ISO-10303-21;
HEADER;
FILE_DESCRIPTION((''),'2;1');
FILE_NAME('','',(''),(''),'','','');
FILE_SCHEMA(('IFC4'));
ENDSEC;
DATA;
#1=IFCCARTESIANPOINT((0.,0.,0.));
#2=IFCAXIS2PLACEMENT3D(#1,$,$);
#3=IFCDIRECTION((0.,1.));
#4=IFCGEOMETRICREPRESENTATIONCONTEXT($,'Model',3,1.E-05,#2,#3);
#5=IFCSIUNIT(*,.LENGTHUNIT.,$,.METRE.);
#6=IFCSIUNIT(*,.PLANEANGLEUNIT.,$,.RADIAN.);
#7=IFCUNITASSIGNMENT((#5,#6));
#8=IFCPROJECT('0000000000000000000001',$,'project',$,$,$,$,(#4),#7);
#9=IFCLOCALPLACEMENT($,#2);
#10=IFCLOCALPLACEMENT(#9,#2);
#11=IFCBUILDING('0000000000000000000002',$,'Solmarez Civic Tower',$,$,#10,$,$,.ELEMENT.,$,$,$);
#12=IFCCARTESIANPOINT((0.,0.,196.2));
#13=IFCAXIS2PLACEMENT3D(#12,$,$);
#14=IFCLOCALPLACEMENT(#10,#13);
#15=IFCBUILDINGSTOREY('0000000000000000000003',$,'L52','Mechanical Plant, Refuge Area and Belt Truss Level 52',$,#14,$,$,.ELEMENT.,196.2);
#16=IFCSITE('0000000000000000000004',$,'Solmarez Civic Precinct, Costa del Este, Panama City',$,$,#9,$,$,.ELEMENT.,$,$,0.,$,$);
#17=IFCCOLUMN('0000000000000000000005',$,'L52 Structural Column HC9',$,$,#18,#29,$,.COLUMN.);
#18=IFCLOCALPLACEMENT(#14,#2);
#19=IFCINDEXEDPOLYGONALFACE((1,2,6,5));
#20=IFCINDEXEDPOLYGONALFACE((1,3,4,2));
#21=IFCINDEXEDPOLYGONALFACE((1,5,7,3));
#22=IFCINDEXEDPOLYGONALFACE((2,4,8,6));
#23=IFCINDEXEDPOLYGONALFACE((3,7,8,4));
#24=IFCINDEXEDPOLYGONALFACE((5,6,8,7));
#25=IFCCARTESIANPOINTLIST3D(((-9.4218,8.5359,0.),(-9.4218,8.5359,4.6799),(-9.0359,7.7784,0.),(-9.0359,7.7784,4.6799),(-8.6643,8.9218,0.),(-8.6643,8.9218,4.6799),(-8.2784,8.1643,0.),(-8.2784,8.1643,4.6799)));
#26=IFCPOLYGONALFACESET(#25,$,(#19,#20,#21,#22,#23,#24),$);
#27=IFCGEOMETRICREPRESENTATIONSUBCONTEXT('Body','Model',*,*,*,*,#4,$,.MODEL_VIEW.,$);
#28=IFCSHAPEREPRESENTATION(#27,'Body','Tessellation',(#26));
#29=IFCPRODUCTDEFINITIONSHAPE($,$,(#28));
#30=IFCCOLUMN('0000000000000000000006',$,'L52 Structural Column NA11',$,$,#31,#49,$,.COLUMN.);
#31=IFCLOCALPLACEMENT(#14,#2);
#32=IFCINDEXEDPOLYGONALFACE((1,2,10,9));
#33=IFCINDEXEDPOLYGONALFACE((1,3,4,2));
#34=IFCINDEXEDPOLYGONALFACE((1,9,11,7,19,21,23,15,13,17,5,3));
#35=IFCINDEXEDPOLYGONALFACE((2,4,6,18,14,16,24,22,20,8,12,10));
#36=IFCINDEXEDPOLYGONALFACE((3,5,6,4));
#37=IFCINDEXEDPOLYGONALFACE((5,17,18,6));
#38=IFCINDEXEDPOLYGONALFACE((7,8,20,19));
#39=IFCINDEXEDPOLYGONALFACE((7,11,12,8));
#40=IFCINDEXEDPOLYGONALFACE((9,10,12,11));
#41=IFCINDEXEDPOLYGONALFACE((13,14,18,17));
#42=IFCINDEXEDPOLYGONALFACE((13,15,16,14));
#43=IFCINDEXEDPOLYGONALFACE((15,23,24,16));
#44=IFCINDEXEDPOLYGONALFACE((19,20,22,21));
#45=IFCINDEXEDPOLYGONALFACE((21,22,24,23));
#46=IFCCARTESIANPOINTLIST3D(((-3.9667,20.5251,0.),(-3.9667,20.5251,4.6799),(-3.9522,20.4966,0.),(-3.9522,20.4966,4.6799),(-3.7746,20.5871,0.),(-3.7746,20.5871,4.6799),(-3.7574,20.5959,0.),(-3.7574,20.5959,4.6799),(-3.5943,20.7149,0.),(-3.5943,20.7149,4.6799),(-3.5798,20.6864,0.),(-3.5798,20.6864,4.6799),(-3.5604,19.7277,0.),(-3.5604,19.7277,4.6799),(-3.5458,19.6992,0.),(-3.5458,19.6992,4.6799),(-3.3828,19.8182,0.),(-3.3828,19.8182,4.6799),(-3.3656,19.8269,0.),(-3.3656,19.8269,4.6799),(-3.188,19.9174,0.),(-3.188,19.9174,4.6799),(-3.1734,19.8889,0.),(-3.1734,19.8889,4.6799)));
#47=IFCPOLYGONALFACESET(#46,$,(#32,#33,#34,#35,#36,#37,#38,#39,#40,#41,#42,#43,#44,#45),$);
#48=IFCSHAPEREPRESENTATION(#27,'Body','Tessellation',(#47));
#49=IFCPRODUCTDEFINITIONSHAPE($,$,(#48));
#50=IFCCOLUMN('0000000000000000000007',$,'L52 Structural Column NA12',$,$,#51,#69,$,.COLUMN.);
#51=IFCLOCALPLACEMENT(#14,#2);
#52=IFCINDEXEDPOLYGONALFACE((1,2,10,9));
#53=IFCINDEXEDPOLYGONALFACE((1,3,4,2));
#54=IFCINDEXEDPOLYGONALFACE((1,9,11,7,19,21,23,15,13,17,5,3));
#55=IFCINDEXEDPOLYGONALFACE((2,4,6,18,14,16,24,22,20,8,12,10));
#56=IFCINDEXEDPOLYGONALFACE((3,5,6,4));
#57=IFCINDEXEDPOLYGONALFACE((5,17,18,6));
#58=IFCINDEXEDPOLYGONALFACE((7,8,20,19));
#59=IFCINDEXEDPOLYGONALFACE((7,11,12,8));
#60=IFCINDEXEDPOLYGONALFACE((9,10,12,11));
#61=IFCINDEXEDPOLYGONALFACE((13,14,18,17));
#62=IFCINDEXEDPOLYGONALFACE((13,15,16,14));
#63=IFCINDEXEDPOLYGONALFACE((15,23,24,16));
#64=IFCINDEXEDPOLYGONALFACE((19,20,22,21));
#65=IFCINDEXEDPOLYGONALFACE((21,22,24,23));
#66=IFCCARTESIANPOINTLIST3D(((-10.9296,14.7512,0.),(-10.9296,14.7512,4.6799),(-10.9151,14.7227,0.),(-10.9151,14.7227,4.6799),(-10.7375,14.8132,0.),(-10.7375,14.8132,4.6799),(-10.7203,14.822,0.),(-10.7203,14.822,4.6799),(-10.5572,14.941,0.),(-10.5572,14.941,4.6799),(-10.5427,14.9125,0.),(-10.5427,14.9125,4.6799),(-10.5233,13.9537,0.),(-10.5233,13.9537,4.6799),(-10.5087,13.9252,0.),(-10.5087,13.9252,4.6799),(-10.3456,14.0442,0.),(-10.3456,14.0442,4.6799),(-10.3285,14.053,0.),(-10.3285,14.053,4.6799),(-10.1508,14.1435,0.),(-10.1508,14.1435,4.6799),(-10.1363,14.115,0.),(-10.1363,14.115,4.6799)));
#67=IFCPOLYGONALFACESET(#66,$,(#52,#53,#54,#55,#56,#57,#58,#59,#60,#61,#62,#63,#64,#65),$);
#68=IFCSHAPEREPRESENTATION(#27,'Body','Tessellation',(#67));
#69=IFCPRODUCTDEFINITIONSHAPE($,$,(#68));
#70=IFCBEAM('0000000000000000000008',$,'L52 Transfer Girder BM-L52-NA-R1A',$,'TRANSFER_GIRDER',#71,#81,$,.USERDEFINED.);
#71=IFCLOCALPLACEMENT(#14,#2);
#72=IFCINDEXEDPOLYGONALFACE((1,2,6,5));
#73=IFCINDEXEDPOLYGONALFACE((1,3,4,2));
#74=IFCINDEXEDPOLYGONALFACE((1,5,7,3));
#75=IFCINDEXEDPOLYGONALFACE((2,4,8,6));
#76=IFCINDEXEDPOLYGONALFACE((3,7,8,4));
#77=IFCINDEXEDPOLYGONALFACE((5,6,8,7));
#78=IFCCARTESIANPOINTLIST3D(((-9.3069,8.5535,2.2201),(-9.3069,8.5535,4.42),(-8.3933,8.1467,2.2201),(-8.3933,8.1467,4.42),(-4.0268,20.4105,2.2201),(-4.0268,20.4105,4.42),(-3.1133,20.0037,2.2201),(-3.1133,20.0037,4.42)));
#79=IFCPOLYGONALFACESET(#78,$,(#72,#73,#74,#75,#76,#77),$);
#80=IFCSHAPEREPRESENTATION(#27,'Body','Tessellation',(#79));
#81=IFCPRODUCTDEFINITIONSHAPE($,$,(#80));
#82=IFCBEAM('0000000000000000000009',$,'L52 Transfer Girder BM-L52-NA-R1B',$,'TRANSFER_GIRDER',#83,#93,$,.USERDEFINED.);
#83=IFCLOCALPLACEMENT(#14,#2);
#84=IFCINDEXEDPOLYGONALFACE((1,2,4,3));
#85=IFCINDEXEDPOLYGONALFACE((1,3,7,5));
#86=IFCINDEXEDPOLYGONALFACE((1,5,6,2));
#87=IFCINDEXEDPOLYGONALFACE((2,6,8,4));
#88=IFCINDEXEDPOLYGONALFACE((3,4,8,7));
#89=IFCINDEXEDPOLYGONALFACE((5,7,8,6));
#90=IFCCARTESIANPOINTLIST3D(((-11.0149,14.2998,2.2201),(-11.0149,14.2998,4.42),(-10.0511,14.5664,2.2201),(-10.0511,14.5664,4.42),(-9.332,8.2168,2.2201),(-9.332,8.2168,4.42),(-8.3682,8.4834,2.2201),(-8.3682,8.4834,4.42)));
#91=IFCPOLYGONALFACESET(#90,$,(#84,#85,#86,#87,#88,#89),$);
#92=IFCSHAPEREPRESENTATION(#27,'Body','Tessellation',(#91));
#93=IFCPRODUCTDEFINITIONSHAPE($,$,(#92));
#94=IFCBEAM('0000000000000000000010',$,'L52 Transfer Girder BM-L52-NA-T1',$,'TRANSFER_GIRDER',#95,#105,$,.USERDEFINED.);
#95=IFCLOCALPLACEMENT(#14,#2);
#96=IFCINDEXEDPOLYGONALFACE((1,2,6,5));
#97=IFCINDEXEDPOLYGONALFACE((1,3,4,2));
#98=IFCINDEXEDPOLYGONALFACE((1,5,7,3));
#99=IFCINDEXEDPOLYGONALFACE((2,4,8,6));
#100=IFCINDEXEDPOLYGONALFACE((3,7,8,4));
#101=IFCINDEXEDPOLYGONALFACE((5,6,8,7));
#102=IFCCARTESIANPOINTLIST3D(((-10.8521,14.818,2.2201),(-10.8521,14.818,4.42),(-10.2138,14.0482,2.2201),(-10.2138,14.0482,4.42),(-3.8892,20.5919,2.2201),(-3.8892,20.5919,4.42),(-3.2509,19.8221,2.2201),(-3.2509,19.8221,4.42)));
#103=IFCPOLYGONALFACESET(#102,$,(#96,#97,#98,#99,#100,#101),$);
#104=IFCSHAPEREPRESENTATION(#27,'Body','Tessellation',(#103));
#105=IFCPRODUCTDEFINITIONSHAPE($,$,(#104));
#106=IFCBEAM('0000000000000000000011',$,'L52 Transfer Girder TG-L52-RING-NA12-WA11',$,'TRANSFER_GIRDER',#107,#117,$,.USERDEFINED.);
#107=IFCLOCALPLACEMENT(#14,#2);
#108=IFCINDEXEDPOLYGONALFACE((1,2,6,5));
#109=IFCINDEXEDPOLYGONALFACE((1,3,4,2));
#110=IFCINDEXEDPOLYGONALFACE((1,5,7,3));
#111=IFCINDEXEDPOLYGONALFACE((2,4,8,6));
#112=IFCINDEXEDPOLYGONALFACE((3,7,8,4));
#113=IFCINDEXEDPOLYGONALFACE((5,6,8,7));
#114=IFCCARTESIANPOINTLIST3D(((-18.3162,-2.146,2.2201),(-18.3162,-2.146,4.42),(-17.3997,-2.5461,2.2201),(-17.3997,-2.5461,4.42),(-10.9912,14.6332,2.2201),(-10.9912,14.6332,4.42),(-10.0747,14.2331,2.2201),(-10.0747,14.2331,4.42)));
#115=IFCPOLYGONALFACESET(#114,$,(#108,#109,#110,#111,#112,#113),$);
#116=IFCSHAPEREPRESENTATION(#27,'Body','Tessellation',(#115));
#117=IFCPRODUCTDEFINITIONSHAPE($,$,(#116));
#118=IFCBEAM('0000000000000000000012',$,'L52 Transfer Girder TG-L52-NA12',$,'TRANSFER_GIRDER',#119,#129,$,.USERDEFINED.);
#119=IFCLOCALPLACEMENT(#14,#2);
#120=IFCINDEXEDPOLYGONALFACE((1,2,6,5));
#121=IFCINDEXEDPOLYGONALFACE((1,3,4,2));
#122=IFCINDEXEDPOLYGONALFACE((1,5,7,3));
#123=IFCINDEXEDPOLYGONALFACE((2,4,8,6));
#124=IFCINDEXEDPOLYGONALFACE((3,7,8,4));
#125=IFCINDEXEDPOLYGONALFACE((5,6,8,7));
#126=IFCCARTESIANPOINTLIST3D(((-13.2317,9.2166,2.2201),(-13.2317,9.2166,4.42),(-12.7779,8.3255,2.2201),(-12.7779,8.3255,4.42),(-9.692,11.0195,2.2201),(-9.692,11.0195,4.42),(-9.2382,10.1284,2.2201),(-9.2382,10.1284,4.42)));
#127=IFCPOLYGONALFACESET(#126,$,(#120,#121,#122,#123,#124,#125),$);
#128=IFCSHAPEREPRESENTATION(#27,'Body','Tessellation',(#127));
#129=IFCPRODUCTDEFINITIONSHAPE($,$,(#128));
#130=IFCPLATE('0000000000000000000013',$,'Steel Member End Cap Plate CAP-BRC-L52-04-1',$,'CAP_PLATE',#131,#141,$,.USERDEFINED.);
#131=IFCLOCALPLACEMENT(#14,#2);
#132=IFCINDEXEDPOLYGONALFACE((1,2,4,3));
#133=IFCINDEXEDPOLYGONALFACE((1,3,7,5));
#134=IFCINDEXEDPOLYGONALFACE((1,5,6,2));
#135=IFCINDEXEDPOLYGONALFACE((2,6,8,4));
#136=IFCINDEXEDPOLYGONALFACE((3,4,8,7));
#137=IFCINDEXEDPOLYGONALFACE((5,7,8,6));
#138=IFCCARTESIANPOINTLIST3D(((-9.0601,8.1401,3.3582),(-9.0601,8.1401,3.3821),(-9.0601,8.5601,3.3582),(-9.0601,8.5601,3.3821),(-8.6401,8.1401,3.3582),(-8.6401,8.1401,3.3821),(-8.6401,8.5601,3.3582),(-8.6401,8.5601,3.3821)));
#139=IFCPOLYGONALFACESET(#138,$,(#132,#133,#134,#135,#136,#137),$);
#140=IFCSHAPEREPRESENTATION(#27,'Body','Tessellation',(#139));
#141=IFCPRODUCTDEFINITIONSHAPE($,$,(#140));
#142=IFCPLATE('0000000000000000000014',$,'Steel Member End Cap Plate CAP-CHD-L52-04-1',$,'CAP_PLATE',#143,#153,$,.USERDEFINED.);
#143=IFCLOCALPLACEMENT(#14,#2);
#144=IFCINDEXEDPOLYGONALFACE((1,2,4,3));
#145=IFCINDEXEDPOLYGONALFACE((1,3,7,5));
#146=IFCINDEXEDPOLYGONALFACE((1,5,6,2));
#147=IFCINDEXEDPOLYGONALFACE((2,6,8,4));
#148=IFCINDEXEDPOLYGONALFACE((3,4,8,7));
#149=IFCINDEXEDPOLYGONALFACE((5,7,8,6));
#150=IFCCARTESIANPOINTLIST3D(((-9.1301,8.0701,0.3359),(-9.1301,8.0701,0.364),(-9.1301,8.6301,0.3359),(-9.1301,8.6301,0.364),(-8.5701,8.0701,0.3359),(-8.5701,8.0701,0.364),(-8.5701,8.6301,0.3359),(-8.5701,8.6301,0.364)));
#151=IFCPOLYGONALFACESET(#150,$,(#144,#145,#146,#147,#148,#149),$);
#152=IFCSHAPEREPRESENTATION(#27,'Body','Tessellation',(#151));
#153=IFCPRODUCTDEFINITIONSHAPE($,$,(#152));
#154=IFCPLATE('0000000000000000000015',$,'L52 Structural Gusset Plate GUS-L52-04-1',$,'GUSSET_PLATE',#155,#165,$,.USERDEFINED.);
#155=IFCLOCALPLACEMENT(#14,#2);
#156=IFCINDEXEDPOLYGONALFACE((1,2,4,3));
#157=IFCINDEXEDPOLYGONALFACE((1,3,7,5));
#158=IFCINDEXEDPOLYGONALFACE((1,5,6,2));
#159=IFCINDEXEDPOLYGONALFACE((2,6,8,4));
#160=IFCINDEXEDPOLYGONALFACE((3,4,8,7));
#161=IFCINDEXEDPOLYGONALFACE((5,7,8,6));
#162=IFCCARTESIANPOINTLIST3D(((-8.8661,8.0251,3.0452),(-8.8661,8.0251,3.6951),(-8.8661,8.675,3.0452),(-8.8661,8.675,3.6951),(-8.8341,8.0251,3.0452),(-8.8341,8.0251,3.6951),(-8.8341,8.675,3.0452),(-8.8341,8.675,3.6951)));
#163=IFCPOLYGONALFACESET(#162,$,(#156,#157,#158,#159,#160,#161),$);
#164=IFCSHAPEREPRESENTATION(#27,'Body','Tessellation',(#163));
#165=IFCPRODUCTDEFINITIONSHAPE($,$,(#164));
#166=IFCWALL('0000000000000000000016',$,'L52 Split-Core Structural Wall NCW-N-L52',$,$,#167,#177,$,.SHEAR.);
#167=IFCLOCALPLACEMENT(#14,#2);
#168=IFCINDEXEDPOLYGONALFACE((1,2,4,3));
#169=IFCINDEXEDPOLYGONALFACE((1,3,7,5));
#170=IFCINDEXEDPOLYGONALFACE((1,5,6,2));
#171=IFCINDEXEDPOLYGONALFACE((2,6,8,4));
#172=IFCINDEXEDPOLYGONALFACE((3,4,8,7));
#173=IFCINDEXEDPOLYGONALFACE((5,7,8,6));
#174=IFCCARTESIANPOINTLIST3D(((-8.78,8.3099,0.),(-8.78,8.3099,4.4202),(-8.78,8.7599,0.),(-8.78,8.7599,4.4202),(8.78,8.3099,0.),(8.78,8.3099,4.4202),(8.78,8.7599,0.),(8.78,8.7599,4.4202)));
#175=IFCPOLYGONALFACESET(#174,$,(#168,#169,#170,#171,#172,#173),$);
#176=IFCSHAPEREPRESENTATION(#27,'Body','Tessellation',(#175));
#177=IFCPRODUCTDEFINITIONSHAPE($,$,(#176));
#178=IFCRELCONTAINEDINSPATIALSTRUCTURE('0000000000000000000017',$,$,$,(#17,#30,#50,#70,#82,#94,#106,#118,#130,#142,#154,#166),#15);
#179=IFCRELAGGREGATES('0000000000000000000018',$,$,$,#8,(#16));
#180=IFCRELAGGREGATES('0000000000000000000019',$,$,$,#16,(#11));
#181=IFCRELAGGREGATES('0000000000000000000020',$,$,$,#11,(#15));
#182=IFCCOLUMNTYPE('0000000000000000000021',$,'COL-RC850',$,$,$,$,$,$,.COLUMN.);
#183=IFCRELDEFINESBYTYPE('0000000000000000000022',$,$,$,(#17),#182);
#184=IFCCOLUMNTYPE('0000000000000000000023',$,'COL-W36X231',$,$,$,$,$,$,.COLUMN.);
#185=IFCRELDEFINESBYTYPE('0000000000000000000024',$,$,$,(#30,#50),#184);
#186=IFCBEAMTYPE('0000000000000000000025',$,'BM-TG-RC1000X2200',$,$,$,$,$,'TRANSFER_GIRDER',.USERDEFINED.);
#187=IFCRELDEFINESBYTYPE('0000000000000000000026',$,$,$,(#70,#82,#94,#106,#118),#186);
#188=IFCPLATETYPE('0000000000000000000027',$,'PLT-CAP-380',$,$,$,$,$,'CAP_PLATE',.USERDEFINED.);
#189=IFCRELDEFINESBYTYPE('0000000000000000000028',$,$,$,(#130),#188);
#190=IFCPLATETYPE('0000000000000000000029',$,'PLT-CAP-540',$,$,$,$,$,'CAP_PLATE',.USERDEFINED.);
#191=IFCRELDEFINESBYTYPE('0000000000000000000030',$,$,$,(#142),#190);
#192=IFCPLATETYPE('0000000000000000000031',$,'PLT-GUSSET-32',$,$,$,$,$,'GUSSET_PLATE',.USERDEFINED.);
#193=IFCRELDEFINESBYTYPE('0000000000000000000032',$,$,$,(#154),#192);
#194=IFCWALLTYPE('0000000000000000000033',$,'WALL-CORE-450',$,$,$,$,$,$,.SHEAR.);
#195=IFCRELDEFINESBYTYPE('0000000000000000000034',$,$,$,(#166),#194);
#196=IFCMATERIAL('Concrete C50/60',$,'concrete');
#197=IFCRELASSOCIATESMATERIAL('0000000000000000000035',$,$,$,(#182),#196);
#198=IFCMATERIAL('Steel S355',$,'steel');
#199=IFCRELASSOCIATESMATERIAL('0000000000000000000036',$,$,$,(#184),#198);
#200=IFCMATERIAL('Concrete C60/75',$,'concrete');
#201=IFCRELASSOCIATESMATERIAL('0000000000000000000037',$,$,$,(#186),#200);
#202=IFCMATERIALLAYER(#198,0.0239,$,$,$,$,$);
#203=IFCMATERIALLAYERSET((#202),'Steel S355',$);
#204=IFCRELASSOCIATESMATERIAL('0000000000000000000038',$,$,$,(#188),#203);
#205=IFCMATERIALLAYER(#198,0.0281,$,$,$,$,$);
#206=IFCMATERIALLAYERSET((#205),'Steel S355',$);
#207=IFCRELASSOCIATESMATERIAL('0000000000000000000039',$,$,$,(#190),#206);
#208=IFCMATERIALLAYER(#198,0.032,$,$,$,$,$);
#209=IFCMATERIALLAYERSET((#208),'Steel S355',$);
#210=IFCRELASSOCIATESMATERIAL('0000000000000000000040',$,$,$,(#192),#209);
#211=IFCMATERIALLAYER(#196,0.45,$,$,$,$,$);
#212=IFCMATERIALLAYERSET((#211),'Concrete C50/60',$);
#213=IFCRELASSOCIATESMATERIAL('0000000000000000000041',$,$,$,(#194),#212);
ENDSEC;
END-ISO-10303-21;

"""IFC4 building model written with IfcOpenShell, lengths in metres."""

from ifc_helpers import new_model, si_unit, direction, frame, frame_2d, origin, origin_2d, place, context, subcontext, project, spatial, rectangle, i_section, extrude, material, layer, layer_set, material_profile, profile_set, type_object, element, save


model = new_model("IFC4")

# Units and contexts
model_context = context("Model", 3, precision=1e-05, world=origin(), true_north=direction((0.0, 1.0)))
body_context = subcontext(model_context, "Body", "Model", "MODEL_VIEW")
ifc_project = project(units=[si_unit("LENGTHUNIT", "METRE"), si_unit("PLANEANGLEUNIT", "RADIAN")], contexts=[model_context])

# Site, building, storey
site_placement = place(None, origin())
site = spatial("IfcSite", under=ifc_project, at=site_placement, Name="Solmarez Civic Precinct, Costa del Este, Panama City", CompositionType="ELEMENT", RefElevation=0.0)
building_placement = place(site_placement, origin())
building = spatial("IfcBuilding", under=site, at=building_placement, Name="Solmarez Civic Tower", CompositionType="ELEMENT")
storey_placement = place(building_placement, frame((0.0, 0.0, 196.2)))
storey = spatial("IfcBuildingStorey", under=building, at=storey_placement, Name="L52", Description="Mechanical Plant, Refuge Area and Belt Truss Level 52", CompositionType="ELEMENT", Elevation=196.2)

# Columns
ifc_material_1 = material(Name="Concrete C50/60", Category="concrete")
ifc_material_profile_1 = material_profile(ifc_material_1, rectangle(XDim=0.8501, YDim=0.8501, at=origin_2d()), Name="RC850X850")
ifc_profile_set_1 = profile_set([ifc_material_profile_1], Name="Concrete C50/60")
column_type_1 = type_object("IfcColumnType", Name="COL-RC850", PredefinedType="COLUMN", material=ifc_profile_set_1)
column_placement = place(storey_placement, frame((-8.8501, 8.3501, 0.0), z_axis=(0.0, 0.0, 1.0), x_axis=(0.891007, 0.45399, 0.0)))
element("IfcColumn", 1, at=column_placement, inside=storey, type_object=column_type_1, Name="L52 Structural Column HC9", PredefinedType="COLUMN", context=body_context, shape_type="SweptSolid", body=[
    extrude(rectangle(XDim=0.8501, YDim=0.8501, at=origin_2d()), origin(), (0.0, 0.0, 1.0), 4.6799),
])
ifc_material_2 = material(Name="Steel S355", Category="steel")
ifc_material_profile_2 = material_profile(ifc_material_2, i_section(OverallWidth=0.418, OverallDepth=0.927, WebThickness=0.0193, FlangeThickness=0.032, at=origin_2d()), Name="W36X231")
ifc_profile_set_2 = profile_set([ifc_material_profile_2], Name="Steel S355")
column_type_2 = type_object("IfcColumnType", Name="COL-W36X231", PredefinedType="COLUMN", material=ifc_profile_set_2)
for number, where, z_axis, x_axis, name in (
    (2, (-3.5701, 20.207, 0.0), (0.0, 0.0, 1.0), (0.891007, 0.45399, 0.0), "L52 Structural Column NA11"),
    (3, (-10.533, 14.4331, 0.0), (0.0, 0.0, 1.0), (0.891007, 0.45399, 0.0), "L52 Structural Column NA12"),
):
    element("IfcColumn", number, at=place(storey_placement, frame(where, z_axis=z_axis, x_axis=x_axis)), inside=storey, type_object=column_type_2, Name=name, PredefinedType="COLUMN", context=body_context, shape_type="SweptSolid", body=[
        extrude(i_section(OverallWidth=0.418, OverallDepth=0.927, WebThickness=0.0193, FlangeThickness=0.032, at=origin_2d()), origin(), (0.0, 0.0, 1.0), 4.6799),
    ])

# Beams
ifc_material_3 = material(Name="Concrete C60/75", Category="concrete")
ifc_material_profile_3 = material_profile(ifc_material_3, rectangle(XDim=1.0, YDim=2.2, at=origin_2d()), Name="RC1000X2200")
ifc_profile_set_3 = profile_set([ifc_material_profile_3], Name="Concrete C60/75")
beam_type = type_object("IfcBeamType", Name="BM-TG-RC1000X2200", ElementType="TRANSFER_GIRDER", PredefinedType="USERDEFINED", material=ifc_profile_set_3)
beam_1_placement = place(storey_placement, frame((-8.8501, 8.3501, 3.3201), z_axis=(0.4068, 0.913517, 0.0), x_axis=(-0.913517, 0.4068, 0.0)))
element("IfcBeam", 4, at=beam_1_placement, inside=storey, type_object=beam_type, Name="L52 Transfer Girder BM-L52-NA-R1A", ObjectType="TRANSFER_GIRDER", PredefinedType="USERDEFINED", context=body_context, shape_type="SweptSolid", body=[
    extrude(rectangle(XDim=1.0, YDim=2.2, at=origin_2d()), origin(), (0.0, 0.0, 1.0), 12.9795),
])
beam_2_placement = place(storey_placement, frame((-8.8501, 8.3501, 3.3201), z_axis=(-0.266634, 0.963798, 0.0), x_axis=(-0.963798, -0.266634, 0.0)))
element("IfcBeam", 5, at=beam_2_placement, inside=storey, type_object=beam_type, Name="L52 Transfer Girder BM-L52-NA-R1B", ObjectType="TRANSFER_GIRDER", PredefinedType="USERDEFINED", context=body_context, shape_type="SweptSolid", body=[
    extrude(rectangle(XDim=1.0, YDim=2.2, at=origin_2d()), origin(), (0.0, 0.0, 1.0), 6.3115),
])
beam_3_placement = place(storey_placement, frame((-3.5701, 20.207, 3.3201), z_axis=(-0.769768, -0.638324, 0.0), x_axis=(0.638324, -0.769768, 0.0)))
element("IfcBeam", 6, at=beam_3_placement, inside=storey, type_object=beam_type, Name="L52 Transfer Girder BM-L52-NA-T1", ObjectType="TRANSFER_GIRDER", PredefinedType="USERDEFINED", context=body_context, shape_type="SweptSolid", body=[
    extrude(rectangle(XDim=1.0, YDim=2.2, at=origin_2d()), origin(), (0.0, 0.0, 1.0), 9.0454),
])
beam_4_placement = place(storey_placement, frame((-10.533, 14.4331, 3.3201), z_axis=(-0.40009, -0.916476, 0.0), x_axis=(0.916476, -0.40009, 0.0)))
element("IfcBeam", 7, at=beam_4_placement, inside=storey, type_object=beam_type, Name="L52 Transfer Girder TG-L52-RING-NA12-WA11", ObjectType="TRANSFER_GIRDER", PredefinedType="USERDEFINED", context=body_context, shape_type="SweptSolid", body=[
    extrude(rectangle(XDim=1.0, YDim=2.2, at=origin_2d()), origin(), (0.0, 0.0, 1.0), 18.3083),
])
beam_5_placement = place(storey_placement, frame((-9.4651, 10.574, 3.3201), z_axis=(-0.891071, -0.453863, 0.0), x_axis=(0.453863, -0.891071, 0.0)))
element("IfcBeam", 8, at=beam_5_placement, inside=storey, type_object=beam_type, Name="L52 Transfer Girder TG-L52-NA12", ObjectType="TRANSFER_GIRDER", PredefinedType="USERDEFINED", context=body_context, shape_type="SweptSolid", body=[
    extrude(rectangle(XDim=1.0, YDim=2.2, at=origin_2d()), origin(), (0.0, 0.0, 1.0), 3.9724),
])

# Plates
ifc_layer_1 = layer(ifc_material_2, 0.0239)
ifc_layer_set_1 = layer_set([ifc_layer_1], Name="Steel S355")
plate_type_1 = type_object("IfcPlateType", Name="PLT-CAP-380", ElementType="CAP_PLATE", PredefinedType="USERDEFINED", material=ifc_layer_set_1)
plate_1_placement = place(storey_placement, frame((-8.8501, 8.3501, 3.3582), z_axis=(0.0, 0.0, 1.0), x_axis=(1.0, 0.0, 0.0)))
element("IfcPlate", 9, at=plate_1_placement, inside=storey, type_object=plate_type_1, Name="Steel Member End Cap Plate CAP-BRC-L52-04-1", ObjectType="CAP_PLATE", PredefinedType="USERDEFINED", context=body_context, shape_type="SweptSolid", body=[
    extrude(rectangle(XDim=0.4199, YDim=0.4199, at=origin_2d()), origin(), (0.0, 0.0, 1.0), 0.0239),
])
ifc_layer_2 = layer(ifc_material_2, 0.0281)
ifc_layer_set_2 = layer_set([ifc_layer_2], Name="Steel S355")
plate_type_2 = type_object("IfcPlateType", Name="PLT-CAP-540", ElementType="CAP_PLATE", PredefinedType="USERDEFINED", material=ifc_layer_set_2)
plate_2_placement = place(storey_placement, frame((-8.8501, 8.3501, 0.3359), z_axis=(0.0, 0.0, 1.0), x_axis=(1.0, 0.0, 0.0)))
element("IfcPlate", 10, at=plate_2_placement, inside=storey, type_object=plate_type_2, Name="Steel Member End Cap Plate CAP-CHD-L52-04-1", ObjectType="CAP_PLATE", PredefinedType="USERDEFINED", context=body_context, shape_type="SweptSolid", body=[
    extrude(rectangle(XDim=0.5601, YDim=0.5601, at=origin_2d()), origin(), (0.0, 0.0, 1.0), 0.0281),
])
ifc_layer_3 = layer(ifc_material_2, 0.032)
ifc_layer_set_3 = layer_set([ifc_layer_3], Name="Steel S355")
plate_type_3 = type_object("IfcPlateType", Name="PLT-GUSSET-32", ElementType="GUSSET_PLATE", PredefinedType="USERDEFINED", material=ifc_layer_set_3)
plate_3_placement = place(storey_placement, frame((-8.8501, 8.3501, 3.0452), z_axis=(0.0, 0.0, 1.0), x_axis=(0.0, 1.0, 0.0)))
element("IfcPlate", 11, at=plate_3_placement, inside=storey, type_object=plate_type_3, Name="L52 Structural Gusset Plate GUS-L52-04-1", ObjectType="GUSSET_PLATE", PredefinedType="USERDEFINED", context=body_context, shape_type="SweptSolid", body=[
    extrude(rectangle(XDim=0.6499, YDim=0.032, at=origin_2d()), origin(), (0.0, 0.0, 1.0), 0.6499),
])

# Wall
ifc_layer_4 = layer(ifc_material_1, 0.45)
ifc_layer_set_4 = layer_set([ifc_layer_4], Name="Concrete C50/60")
wall_type_1 = type_object("IfcWallType", Name="WALL-CORE-450", PredefinedType="SHEAR", material=ifc_layer_set_4)
wall_1_placement = place(storey_placement, frame((-8.78, 8.5349, 0.0), z_axis=(0.0, 0.0, 1.0), x_axis=(1.0, 0.0, 0.0)))
element("IfcWall", 12, at=wall_1_placement, inside=storey, type_object=wall_type_1, Name="L52 Split-Core Structural Wall NCW-N-L52", PredefinedType="SHEAR", context=body_context, shape_type="SweptSolid", body=[
    extrude(rectangle(XDim=17.5601, YDim=0.45, at=frame_2d((8.78, 0.0))), origin(), (0.0, 0.0, 1.0), 4.4202),
])

save(model, "model.ifc")
